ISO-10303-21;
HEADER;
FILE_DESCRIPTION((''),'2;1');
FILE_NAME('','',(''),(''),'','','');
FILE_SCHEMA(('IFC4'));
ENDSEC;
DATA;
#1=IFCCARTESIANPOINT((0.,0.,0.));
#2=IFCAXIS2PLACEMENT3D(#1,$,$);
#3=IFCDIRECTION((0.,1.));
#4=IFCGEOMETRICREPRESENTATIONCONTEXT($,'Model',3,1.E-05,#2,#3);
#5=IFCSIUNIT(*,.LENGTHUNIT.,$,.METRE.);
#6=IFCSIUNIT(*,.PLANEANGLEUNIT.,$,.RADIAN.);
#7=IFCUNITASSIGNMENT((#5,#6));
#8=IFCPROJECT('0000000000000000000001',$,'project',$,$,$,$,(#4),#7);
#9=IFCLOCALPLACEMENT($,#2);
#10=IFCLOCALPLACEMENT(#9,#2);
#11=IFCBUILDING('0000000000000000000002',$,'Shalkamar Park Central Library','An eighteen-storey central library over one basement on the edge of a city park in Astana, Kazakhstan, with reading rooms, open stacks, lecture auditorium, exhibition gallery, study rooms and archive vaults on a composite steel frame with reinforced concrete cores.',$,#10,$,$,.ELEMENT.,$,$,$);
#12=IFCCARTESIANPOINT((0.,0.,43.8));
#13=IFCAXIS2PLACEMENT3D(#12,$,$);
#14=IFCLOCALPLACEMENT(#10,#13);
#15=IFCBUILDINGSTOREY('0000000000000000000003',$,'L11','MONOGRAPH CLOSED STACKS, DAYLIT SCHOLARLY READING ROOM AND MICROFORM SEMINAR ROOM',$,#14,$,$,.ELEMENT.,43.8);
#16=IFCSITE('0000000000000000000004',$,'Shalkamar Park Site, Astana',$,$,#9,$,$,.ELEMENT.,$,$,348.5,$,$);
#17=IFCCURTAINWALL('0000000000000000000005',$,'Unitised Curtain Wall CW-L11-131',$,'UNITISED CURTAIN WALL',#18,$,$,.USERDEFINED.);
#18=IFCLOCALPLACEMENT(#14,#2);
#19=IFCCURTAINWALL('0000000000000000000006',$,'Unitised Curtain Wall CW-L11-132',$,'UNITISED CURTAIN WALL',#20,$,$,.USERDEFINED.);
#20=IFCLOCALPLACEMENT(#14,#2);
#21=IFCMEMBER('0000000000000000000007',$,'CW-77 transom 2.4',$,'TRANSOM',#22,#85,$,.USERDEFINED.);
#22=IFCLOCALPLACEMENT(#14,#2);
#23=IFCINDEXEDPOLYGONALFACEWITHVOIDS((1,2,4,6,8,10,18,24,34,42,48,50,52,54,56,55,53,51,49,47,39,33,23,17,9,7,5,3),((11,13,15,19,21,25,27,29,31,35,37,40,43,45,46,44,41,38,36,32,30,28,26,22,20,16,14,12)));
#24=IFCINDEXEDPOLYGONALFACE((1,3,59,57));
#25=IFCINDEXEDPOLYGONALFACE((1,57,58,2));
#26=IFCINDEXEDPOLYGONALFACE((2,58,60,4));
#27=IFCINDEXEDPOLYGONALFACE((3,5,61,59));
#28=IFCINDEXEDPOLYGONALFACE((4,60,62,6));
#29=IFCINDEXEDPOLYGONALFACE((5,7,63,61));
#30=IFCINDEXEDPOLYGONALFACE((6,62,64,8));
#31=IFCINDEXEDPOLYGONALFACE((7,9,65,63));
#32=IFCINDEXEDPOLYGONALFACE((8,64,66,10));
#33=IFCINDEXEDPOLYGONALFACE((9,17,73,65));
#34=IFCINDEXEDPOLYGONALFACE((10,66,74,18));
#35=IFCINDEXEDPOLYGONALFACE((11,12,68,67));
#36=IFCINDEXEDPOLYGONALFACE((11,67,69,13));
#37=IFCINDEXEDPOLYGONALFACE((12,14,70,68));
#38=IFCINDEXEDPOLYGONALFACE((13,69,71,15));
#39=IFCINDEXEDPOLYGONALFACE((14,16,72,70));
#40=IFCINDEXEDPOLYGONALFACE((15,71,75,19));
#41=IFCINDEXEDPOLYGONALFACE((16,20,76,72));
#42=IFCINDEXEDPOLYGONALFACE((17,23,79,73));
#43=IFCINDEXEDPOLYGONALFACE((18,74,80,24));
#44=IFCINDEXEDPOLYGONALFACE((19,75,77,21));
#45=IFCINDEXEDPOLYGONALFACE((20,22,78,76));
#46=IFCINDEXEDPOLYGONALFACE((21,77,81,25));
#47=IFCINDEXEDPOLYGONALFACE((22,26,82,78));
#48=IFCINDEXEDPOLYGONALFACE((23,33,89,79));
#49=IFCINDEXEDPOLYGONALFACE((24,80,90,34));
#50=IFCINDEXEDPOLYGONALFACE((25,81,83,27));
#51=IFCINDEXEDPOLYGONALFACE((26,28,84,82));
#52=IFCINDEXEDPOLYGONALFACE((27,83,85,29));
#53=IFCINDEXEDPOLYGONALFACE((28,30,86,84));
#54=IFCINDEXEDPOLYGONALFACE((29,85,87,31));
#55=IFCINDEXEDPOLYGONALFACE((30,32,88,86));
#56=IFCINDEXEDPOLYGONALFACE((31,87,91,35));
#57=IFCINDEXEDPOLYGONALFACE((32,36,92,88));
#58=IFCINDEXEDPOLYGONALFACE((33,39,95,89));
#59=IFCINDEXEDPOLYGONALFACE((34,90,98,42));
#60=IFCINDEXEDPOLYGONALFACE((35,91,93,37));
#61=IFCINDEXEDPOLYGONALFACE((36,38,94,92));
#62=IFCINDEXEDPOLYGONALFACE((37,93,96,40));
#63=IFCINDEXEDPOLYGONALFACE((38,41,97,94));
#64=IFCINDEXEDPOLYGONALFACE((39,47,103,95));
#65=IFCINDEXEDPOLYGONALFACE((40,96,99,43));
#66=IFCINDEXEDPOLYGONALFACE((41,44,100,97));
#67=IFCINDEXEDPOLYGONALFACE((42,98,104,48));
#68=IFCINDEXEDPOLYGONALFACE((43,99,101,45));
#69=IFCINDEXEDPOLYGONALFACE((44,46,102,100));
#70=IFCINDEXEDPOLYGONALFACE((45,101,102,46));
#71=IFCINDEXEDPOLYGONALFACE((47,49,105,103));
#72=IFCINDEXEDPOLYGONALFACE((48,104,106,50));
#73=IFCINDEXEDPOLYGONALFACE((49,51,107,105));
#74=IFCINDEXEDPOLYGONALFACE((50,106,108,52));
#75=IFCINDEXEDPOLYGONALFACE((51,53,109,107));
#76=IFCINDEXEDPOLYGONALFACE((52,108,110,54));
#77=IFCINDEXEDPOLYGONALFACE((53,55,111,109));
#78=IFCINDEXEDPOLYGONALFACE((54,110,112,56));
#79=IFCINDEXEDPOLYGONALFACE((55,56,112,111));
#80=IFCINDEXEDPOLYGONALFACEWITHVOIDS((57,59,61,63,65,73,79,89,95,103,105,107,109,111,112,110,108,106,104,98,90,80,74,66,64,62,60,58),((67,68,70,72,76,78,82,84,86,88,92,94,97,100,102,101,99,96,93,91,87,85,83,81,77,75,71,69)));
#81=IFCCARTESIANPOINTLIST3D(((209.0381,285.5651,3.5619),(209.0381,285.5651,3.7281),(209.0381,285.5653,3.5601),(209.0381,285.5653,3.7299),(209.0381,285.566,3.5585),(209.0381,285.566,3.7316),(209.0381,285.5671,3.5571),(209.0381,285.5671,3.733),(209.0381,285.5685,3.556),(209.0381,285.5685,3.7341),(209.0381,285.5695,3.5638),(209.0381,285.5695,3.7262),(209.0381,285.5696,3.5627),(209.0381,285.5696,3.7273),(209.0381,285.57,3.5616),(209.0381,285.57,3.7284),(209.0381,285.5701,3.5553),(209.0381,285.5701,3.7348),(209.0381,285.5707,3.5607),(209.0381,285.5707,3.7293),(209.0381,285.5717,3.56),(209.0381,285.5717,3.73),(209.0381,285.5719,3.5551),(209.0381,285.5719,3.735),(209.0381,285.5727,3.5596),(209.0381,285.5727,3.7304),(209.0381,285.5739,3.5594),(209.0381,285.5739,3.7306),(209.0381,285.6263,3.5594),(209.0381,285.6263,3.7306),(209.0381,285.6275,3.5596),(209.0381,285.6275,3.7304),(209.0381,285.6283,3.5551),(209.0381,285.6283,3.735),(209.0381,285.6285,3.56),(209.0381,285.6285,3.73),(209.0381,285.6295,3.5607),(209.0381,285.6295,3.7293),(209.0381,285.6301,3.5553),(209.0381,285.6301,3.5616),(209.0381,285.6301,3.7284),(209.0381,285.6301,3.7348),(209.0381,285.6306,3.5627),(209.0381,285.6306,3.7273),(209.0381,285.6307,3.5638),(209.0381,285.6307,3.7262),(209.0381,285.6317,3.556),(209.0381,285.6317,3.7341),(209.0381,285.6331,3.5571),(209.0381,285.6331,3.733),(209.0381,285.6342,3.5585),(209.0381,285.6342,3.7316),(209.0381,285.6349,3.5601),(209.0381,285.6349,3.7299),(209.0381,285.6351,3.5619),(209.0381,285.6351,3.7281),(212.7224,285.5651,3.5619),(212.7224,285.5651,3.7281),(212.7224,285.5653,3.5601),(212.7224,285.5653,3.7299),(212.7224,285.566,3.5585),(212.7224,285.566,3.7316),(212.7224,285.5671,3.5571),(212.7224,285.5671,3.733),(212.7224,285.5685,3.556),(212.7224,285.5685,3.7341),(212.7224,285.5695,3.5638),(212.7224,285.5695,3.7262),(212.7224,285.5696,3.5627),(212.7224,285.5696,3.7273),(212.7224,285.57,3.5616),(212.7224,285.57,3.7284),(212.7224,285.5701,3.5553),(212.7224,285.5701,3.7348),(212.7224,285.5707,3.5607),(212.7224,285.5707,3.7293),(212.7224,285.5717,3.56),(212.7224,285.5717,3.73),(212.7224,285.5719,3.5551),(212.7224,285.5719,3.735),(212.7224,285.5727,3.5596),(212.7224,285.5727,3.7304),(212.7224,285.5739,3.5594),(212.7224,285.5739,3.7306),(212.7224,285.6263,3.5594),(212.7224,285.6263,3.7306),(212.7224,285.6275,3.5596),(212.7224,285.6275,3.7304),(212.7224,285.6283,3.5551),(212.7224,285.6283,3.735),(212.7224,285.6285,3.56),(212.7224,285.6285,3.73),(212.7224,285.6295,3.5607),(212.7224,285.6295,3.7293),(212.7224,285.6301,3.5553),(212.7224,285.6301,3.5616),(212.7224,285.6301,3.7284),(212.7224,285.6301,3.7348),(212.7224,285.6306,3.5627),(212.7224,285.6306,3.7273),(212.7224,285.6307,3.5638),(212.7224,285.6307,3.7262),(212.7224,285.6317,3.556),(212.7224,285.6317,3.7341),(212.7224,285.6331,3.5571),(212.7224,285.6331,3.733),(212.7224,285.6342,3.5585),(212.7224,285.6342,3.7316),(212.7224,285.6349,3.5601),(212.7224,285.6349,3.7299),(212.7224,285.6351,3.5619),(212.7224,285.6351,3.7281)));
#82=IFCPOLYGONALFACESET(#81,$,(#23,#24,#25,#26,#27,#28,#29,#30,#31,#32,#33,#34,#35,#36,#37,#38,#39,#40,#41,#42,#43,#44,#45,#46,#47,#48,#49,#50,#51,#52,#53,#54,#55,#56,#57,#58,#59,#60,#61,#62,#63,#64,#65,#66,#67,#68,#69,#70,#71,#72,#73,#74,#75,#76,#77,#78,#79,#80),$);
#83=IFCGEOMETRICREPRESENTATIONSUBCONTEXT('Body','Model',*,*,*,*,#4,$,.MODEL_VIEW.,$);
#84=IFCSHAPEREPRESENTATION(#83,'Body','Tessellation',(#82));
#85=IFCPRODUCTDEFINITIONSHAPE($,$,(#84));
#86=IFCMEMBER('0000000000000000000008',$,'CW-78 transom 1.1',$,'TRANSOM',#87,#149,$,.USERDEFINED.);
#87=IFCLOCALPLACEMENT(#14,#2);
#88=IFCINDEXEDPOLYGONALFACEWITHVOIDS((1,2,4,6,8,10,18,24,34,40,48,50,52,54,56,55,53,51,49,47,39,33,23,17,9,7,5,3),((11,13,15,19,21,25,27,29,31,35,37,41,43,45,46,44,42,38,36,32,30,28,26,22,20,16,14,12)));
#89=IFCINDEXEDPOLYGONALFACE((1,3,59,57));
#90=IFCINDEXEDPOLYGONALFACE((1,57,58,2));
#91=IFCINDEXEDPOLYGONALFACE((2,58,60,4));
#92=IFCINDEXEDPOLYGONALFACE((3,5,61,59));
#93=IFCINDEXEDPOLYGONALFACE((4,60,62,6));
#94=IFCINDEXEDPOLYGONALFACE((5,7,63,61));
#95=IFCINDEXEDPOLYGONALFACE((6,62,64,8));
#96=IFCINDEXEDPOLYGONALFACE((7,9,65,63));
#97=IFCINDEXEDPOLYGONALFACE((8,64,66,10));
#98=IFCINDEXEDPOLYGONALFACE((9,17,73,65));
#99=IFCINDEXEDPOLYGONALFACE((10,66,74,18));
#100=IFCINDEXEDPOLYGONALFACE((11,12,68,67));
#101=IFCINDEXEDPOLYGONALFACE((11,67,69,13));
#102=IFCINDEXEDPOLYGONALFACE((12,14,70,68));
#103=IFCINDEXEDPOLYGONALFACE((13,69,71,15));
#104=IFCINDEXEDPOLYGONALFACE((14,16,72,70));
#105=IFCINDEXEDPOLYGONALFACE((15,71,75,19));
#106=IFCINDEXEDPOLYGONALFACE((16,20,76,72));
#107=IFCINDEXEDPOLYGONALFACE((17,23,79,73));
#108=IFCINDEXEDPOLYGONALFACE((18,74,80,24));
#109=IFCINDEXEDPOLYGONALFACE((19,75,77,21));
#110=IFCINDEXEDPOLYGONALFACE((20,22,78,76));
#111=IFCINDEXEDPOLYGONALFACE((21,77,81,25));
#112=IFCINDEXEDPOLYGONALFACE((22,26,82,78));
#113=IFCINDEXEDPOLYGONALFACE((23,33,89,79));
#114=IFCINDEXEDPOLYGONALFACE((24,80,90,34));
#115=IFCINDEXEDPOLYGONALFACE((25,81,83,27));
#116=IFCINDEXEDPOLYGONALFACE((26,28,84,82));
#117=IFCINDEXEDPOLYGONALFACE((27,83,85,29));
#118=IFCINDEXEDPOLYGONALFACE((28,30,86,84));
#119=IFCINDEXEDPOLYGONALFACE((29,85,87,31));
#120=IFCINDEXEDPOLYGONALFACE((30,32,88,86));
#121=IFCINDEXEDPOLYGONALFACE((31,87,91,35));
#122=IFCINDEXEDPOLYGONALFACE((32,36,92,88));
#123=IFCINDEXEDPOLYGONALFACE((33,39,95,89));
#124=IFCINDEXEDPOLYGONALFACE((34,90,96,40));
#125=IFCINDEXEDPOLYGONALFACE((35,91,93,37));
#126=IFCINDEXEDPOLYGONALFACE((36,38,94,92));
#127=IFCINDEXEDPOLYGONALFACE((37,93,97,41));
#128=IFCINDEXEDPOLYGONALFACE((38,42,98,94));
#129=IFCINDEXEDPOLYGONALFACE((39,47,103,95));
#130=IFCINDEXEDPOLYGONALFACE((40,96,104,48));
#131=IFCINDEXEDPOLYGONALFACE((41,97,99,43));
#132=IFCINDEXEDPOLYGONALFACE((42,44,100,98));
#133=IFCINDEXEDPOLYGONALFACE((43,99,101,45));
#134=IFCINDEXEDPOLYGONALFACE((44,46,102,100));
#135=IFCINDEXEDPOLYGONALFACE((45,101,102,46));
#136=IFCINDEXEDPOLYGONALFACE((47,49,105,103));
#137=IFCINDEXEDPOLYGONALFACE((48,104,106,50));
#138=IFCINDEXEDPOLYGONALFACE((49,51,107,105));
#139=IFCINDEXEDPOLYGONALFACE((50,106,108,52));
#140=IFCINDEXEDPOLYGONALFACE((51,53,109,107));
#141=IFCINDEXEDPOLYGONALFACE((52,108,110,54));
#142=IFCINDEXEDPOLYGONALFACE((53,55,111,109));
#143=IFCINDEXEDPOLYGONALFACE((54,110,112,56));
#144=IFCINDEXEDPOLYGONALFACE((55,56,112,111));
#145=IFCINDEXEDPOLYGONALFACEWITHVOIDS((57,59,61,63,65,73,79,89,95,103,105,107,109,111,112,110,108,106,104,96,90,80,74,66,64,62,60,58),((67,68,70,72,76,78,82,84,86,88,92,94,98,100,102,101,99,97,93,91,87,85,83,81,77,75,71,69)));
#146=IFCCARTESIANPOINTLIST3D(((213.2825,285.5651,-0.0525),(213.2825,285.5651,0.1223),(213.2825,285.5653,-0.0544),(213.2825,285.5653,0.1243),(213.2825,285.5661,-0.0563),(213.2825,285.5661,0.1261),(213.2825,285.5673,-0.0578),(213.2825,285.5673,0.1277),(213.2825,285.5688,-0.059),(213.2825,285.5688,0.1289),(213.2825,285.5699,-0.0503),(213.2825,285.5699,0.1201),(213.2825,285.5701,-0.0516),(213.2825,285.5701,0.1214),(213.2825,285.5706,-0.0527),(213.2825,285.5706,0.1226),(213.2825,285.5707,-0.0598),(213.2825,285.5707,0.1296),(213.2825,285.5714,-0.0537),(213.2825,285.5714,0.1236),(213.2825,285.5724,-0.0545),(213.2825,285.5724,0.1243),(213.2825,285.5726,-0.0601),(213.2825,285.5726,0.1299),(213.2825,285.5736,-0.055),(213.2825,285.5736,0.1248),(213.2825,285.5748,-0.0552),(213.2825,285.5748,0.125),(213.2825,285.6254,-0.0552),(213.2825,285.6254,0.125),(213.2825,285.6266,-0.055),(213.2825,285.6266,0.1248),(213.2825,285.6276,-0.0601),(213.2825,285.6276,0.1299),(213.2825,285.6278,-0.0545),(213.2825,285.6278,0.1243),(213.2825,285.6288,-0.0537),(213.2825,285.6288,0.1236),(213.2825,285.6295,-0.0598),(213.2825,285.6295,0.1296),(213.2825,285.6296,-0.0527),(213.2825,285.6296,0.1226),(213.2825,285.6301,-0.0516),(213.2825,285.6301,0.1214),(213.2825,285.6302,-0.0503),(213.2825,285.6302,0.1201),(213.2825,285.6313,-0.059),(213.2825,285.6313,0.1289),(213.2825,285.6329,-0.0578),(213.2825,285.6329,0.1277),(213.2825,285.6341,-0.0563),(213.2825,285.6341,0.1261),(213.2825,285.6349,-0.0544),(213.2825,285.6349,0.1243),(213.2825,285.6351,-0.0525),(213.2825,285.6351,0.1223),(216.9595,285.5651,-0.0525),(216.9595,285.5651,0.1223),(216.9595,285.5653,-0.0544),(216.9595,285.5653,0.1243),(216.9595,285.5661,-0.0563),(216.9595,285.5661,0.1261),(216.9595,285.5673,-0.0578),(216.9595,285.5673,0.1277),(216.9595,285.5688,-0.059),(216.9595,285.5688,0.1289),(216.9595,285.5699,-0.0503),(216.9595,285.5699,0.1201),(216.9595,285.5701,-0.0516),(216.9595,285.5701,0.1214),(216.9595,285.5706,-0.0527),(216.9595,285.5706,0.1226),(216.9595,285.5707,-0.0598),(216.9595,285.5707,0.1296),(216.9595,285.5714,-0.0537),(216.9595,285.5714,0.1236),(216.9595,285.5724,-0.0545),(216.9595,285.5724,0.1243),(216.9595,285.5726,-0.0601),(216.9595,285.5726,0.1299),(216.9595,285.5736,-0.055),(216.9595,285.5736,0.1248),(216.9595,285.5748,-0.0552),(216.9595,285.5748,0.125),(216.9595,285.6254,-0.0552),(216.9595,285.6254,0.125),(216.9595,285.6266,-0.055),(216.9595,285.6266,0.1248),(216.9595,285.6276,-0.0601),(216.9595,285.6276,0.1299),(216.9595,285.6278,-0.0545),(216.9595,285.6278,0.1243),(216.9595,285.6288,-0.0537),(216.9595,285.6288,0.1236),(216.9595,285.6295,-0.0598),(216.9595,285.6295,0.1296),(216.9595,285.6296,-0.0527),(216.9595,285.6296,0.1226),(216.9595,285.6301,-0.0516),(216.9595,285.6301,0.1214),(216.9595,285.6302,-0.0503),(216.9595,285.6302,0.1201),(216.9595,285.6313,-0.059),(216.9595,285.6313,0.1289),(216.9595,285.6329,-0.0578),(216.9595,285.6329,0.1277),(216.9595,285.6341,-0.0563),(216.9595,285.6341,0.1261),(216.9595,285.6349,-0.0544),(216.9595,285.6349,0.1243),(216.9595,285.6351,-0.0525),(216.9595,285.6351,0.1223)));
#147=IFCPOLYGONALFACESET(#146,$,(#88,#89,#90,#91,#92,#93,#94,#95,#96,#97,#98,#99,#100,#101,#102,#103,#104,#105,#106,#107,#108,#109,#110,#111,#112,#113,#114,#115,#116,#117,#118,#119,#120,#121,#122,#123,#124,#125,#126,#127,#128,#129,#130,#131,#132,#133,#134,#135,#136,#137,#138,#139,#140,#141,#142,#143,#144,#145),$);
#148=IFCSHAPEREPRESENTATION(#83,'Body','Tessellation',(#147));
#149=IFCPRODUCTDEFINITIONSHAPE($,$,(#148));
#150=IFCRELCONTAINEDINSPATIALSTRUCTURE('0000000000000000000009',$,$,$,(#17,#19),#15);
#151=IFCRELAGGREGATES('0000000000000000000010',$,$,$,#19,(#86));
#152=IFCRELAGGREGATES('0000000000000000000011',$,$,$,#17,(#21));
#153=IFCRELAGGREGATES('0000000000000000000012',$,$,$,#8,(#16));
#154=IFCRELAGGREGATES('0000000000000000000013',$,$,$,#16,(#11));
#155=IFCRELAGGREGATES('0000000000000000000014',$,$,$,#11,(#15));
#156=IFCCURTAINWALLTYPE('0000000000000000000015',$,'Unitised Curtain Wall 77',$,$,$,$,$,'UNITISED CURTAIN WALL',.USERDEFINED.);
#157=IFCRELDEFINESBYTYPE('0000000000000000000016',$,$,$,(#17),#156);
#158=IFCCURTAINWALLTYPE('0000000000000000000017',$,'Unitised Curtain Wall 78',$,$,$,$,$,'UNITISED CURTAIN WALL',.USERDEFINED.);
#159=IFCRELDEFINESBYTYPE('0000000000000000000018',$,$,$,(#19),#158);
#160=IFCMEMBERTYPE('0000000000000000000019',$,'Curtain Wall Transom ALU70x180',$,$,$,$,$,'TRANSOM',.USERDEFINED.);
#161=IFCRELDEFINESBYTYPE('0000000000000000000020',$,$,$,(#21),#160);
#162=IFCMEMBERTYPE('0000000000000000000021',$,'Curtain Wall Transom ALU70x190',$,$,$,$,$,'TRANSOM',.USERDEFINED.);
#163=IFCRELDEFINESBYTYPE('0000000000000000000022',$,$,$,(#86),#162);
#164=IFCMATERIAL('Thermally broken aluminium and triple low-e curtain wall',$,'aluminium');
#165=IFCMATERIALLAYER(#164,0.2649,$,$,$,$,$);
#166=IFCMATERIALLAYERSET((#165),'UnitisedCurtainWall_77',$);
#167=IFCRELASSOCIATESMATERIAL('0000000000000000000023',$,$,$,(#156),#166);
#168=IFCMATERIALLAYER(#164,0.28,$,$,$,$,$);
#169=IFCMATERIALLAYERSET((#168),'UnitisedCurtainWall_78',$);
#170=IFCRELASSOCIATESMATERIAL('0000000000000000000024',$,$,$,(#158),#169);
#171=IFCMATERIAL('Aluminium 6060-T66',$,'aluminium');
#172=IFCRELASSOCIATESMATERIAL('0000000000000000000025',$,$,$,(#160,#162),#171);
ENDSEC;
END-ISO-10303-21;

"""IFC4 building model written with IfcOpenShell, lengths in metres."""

from ifc_helpers import new_model, si_unit, direction, frame, origin, origin_2d, place, context, subcontext, project, spatial, hollow_rectangle, extrude, material, layer, layer_set, material_profile, profile_set, type_object, element, aggregate, save


model = new_model("IFC4")

# Units and contexts
model_context = context("Model", 3, precision=1e-05, world=origin(), true_north=direction((0.0, 1.0)))
body_context = subcontext(model_context, "Body", "Model", "MODEL_VIEW")
ifc_project = project(units=[si_unit("LENGTHUNIT", "METRE"), si_unit("PLANEANGLEUNIT", "RADIAN")], contexts=[model_context])

# Site, building, storey
site_placement = place(None, origin())
site = spatial("IfcSite", under=ifc_project, at=site_placement, Name="Shalkamar Park Site, Astana", CompositionType="ELEMENT", RefElevation=348.5)
building_placement = place(site_placement, origin())
building = spatial("IfcBuilding", under=site, at=building_placement, Name="Shalkamar Park Central Library", Description="An eighteen-storey central library over one basement on the edge of a city park in Astana, Kazakhstan, with reading rooms, open stacks, lecture auditorium, exhibition gallery, study rooms and archive vaults on a composite steel frame with reinforced concrete cores.", CompositionType="ELEMENT")
storey_placement = place(building_placement, frame((0.0, 0.0, 43.8)))
storey = spatial("IfcBuildingStorey", under=building, at=storey_placement, Name="L11", Description="MONOGRAPH CLOSED STACKS, DAYLIT SCHOLARLY READING ROOM AND MICROFORM SEMINAR ROOM", CompositionType="ELEMENT", Elevation=43.8)

# Curtain wall
ifc_material_1 = material(Name="Thermally broken aluminium and triple low-e curtain wall", Category="aluminium")
ifc_layer_1 = layer(ifc_material_1, 0.2649)
ifc_layer_set_1 = layer_set([ifc_layer_1], Name="UnitisedCurtainWall_77")
curtain_wall_type_1 = type_object("IfcCurtainWallType", Name="Unitised Curtain Wall 77", ElementType="UNITISED CURTAIN WALL", PredefinedType="USERDEFINED", material=ifc_layer_set_1)
curtain_wall_1_placement = place(storey_placement, origin())
curtain_wall_1 = element("IfcCurtainWall", 1, at=curtain_wall_1_placement, inside=storey, type_object=curtain_wall_type_1, Name="Unitised Curtain Wall CW-L11-131", ObjectType="UNITISED CURTAIN WALL", PredefinedType="USERDEFINED")
ifc_material_2 = material(Name="Aluminium 6060-T66", Category="aluminium")

# Curtain wall
ifc_layer_2 = layer(ifc_material_1, 0.28)
ifc_layer_set_2 = layer_set([ifc_layer_2], Name="UnitisedCurtainWall_78")
curtain_wall_type_2 = type_object("IfcCurtainWallType", Name="Unitised Curtain Wall 78", ElementType="UNITISED CURTAIN WALL", PredefinedType="USERDEFINED", material=ifc_layer_set_2)
curtain_wall_2_placement = place(storey_placement, origin())
curtain_wall_2 = element("IfcCurtainWall", 2, at=curtain_wall_2_placement, inside=storey, type_object=curtain_wall_type_2, Name="Unitised Curtain Wall CW-L11-132", ObjectType="UNITISED CURTAIN WALL", PredefinedType="USERDEFINED")

# Members
ifc_material_profile_1 = material_profile(ifc_material_2, hollow_rectangle(XDim=0.0701, YDim=0.1799, WallThickness=0.0044, InnerFilletRadius=0.0044, OuterFilletRadius=0.0068, at=origin_2d()), Name="ALU 70x180x4.5")
ifc_profile_set_1 = profile_set([ifc_material_profile_1], Name="Aluminium 6060-T66")
member_type_1 = type_object("IfcMemberType", Name="Curtain Wall Transom ALU70x180", ElementType="TRANSOM", PredefinedType="USERDEFINED", material=ifc_profile_set_1)
member_1_placement = place(storey_placement, frame((209.0381, 285.6001, 3.645), z_axis=(1.0, 0.0, 0.0), x_axis=(0.0, 1.0, 0.0)))
member_1 = element("IfcMember", 3, at=member_1_placement, type_object=member_type_1, Name="CW-77 transom 2.4", ObjectType="TRANSOM", PredefinedType="USERDEFINED", context=body_context, shape_type="SweptSolid", body=[
    extrude(hollow_rectangle(XDim=0.0701, YDim=0.1799, WallThickness=0.0044, InnerFilletRadius=0.0044, OuterFilletRadius=0.0068, at=origin_2d()), origin(), (0.0, 0.0, 1.0), 3.6843),
])
ifc_material_profile_2 = material_profile(ifc_material_2, hollow_rectangle(XDim=0.0701, YDim=0.1899, WallThickness=0.0049, InnerFilletRadius=0.0049, OuterFilletRadius=0.0076, at=origin_2d()), Name="ALU 70x190x5")
ifc_profile_set_2 = profile_set([ifc_material_profile_2], Name="Aluminium 6060-T66")
member_type_2 = type_object("IfcMemberType", Name="Curtain Wall Transom ALU70x190", ElementType="TRANSOM", PredefinedType="USERDEFINED", material=ifc_profile_set_2)
member_2_placement = place(storey_placement, frame((213.2825, 285.6001, 0.0349), z_axis=(1.0, 0.0, 0.0), x_axis=(0.0, 1.0, 0.0)))
member_2 = element("IfcMember", 4, at=member_2_placement, type_object=member_type_2, Name="CW-78 transom 1.1", ObjectType="TRANSOM", PredefinedType="USERDEFINED", context=body_context, shape_type="SweptSolid", body=[
    extrude(hollow_rectangle(XDim=0.0701, YDim=0.1899, WallThickness=0.0049, InnerFilletRadius=0.0049, OuterFilletRadius=0.0076, at=origin_2d()), origin(), (0.0, 0.0, 1.0), 3.677),
])

aggregate(curtain_wall_2, [member_2])
aggregate(curtain_wall_1, [member_1])

save(model, "model.ifc")
